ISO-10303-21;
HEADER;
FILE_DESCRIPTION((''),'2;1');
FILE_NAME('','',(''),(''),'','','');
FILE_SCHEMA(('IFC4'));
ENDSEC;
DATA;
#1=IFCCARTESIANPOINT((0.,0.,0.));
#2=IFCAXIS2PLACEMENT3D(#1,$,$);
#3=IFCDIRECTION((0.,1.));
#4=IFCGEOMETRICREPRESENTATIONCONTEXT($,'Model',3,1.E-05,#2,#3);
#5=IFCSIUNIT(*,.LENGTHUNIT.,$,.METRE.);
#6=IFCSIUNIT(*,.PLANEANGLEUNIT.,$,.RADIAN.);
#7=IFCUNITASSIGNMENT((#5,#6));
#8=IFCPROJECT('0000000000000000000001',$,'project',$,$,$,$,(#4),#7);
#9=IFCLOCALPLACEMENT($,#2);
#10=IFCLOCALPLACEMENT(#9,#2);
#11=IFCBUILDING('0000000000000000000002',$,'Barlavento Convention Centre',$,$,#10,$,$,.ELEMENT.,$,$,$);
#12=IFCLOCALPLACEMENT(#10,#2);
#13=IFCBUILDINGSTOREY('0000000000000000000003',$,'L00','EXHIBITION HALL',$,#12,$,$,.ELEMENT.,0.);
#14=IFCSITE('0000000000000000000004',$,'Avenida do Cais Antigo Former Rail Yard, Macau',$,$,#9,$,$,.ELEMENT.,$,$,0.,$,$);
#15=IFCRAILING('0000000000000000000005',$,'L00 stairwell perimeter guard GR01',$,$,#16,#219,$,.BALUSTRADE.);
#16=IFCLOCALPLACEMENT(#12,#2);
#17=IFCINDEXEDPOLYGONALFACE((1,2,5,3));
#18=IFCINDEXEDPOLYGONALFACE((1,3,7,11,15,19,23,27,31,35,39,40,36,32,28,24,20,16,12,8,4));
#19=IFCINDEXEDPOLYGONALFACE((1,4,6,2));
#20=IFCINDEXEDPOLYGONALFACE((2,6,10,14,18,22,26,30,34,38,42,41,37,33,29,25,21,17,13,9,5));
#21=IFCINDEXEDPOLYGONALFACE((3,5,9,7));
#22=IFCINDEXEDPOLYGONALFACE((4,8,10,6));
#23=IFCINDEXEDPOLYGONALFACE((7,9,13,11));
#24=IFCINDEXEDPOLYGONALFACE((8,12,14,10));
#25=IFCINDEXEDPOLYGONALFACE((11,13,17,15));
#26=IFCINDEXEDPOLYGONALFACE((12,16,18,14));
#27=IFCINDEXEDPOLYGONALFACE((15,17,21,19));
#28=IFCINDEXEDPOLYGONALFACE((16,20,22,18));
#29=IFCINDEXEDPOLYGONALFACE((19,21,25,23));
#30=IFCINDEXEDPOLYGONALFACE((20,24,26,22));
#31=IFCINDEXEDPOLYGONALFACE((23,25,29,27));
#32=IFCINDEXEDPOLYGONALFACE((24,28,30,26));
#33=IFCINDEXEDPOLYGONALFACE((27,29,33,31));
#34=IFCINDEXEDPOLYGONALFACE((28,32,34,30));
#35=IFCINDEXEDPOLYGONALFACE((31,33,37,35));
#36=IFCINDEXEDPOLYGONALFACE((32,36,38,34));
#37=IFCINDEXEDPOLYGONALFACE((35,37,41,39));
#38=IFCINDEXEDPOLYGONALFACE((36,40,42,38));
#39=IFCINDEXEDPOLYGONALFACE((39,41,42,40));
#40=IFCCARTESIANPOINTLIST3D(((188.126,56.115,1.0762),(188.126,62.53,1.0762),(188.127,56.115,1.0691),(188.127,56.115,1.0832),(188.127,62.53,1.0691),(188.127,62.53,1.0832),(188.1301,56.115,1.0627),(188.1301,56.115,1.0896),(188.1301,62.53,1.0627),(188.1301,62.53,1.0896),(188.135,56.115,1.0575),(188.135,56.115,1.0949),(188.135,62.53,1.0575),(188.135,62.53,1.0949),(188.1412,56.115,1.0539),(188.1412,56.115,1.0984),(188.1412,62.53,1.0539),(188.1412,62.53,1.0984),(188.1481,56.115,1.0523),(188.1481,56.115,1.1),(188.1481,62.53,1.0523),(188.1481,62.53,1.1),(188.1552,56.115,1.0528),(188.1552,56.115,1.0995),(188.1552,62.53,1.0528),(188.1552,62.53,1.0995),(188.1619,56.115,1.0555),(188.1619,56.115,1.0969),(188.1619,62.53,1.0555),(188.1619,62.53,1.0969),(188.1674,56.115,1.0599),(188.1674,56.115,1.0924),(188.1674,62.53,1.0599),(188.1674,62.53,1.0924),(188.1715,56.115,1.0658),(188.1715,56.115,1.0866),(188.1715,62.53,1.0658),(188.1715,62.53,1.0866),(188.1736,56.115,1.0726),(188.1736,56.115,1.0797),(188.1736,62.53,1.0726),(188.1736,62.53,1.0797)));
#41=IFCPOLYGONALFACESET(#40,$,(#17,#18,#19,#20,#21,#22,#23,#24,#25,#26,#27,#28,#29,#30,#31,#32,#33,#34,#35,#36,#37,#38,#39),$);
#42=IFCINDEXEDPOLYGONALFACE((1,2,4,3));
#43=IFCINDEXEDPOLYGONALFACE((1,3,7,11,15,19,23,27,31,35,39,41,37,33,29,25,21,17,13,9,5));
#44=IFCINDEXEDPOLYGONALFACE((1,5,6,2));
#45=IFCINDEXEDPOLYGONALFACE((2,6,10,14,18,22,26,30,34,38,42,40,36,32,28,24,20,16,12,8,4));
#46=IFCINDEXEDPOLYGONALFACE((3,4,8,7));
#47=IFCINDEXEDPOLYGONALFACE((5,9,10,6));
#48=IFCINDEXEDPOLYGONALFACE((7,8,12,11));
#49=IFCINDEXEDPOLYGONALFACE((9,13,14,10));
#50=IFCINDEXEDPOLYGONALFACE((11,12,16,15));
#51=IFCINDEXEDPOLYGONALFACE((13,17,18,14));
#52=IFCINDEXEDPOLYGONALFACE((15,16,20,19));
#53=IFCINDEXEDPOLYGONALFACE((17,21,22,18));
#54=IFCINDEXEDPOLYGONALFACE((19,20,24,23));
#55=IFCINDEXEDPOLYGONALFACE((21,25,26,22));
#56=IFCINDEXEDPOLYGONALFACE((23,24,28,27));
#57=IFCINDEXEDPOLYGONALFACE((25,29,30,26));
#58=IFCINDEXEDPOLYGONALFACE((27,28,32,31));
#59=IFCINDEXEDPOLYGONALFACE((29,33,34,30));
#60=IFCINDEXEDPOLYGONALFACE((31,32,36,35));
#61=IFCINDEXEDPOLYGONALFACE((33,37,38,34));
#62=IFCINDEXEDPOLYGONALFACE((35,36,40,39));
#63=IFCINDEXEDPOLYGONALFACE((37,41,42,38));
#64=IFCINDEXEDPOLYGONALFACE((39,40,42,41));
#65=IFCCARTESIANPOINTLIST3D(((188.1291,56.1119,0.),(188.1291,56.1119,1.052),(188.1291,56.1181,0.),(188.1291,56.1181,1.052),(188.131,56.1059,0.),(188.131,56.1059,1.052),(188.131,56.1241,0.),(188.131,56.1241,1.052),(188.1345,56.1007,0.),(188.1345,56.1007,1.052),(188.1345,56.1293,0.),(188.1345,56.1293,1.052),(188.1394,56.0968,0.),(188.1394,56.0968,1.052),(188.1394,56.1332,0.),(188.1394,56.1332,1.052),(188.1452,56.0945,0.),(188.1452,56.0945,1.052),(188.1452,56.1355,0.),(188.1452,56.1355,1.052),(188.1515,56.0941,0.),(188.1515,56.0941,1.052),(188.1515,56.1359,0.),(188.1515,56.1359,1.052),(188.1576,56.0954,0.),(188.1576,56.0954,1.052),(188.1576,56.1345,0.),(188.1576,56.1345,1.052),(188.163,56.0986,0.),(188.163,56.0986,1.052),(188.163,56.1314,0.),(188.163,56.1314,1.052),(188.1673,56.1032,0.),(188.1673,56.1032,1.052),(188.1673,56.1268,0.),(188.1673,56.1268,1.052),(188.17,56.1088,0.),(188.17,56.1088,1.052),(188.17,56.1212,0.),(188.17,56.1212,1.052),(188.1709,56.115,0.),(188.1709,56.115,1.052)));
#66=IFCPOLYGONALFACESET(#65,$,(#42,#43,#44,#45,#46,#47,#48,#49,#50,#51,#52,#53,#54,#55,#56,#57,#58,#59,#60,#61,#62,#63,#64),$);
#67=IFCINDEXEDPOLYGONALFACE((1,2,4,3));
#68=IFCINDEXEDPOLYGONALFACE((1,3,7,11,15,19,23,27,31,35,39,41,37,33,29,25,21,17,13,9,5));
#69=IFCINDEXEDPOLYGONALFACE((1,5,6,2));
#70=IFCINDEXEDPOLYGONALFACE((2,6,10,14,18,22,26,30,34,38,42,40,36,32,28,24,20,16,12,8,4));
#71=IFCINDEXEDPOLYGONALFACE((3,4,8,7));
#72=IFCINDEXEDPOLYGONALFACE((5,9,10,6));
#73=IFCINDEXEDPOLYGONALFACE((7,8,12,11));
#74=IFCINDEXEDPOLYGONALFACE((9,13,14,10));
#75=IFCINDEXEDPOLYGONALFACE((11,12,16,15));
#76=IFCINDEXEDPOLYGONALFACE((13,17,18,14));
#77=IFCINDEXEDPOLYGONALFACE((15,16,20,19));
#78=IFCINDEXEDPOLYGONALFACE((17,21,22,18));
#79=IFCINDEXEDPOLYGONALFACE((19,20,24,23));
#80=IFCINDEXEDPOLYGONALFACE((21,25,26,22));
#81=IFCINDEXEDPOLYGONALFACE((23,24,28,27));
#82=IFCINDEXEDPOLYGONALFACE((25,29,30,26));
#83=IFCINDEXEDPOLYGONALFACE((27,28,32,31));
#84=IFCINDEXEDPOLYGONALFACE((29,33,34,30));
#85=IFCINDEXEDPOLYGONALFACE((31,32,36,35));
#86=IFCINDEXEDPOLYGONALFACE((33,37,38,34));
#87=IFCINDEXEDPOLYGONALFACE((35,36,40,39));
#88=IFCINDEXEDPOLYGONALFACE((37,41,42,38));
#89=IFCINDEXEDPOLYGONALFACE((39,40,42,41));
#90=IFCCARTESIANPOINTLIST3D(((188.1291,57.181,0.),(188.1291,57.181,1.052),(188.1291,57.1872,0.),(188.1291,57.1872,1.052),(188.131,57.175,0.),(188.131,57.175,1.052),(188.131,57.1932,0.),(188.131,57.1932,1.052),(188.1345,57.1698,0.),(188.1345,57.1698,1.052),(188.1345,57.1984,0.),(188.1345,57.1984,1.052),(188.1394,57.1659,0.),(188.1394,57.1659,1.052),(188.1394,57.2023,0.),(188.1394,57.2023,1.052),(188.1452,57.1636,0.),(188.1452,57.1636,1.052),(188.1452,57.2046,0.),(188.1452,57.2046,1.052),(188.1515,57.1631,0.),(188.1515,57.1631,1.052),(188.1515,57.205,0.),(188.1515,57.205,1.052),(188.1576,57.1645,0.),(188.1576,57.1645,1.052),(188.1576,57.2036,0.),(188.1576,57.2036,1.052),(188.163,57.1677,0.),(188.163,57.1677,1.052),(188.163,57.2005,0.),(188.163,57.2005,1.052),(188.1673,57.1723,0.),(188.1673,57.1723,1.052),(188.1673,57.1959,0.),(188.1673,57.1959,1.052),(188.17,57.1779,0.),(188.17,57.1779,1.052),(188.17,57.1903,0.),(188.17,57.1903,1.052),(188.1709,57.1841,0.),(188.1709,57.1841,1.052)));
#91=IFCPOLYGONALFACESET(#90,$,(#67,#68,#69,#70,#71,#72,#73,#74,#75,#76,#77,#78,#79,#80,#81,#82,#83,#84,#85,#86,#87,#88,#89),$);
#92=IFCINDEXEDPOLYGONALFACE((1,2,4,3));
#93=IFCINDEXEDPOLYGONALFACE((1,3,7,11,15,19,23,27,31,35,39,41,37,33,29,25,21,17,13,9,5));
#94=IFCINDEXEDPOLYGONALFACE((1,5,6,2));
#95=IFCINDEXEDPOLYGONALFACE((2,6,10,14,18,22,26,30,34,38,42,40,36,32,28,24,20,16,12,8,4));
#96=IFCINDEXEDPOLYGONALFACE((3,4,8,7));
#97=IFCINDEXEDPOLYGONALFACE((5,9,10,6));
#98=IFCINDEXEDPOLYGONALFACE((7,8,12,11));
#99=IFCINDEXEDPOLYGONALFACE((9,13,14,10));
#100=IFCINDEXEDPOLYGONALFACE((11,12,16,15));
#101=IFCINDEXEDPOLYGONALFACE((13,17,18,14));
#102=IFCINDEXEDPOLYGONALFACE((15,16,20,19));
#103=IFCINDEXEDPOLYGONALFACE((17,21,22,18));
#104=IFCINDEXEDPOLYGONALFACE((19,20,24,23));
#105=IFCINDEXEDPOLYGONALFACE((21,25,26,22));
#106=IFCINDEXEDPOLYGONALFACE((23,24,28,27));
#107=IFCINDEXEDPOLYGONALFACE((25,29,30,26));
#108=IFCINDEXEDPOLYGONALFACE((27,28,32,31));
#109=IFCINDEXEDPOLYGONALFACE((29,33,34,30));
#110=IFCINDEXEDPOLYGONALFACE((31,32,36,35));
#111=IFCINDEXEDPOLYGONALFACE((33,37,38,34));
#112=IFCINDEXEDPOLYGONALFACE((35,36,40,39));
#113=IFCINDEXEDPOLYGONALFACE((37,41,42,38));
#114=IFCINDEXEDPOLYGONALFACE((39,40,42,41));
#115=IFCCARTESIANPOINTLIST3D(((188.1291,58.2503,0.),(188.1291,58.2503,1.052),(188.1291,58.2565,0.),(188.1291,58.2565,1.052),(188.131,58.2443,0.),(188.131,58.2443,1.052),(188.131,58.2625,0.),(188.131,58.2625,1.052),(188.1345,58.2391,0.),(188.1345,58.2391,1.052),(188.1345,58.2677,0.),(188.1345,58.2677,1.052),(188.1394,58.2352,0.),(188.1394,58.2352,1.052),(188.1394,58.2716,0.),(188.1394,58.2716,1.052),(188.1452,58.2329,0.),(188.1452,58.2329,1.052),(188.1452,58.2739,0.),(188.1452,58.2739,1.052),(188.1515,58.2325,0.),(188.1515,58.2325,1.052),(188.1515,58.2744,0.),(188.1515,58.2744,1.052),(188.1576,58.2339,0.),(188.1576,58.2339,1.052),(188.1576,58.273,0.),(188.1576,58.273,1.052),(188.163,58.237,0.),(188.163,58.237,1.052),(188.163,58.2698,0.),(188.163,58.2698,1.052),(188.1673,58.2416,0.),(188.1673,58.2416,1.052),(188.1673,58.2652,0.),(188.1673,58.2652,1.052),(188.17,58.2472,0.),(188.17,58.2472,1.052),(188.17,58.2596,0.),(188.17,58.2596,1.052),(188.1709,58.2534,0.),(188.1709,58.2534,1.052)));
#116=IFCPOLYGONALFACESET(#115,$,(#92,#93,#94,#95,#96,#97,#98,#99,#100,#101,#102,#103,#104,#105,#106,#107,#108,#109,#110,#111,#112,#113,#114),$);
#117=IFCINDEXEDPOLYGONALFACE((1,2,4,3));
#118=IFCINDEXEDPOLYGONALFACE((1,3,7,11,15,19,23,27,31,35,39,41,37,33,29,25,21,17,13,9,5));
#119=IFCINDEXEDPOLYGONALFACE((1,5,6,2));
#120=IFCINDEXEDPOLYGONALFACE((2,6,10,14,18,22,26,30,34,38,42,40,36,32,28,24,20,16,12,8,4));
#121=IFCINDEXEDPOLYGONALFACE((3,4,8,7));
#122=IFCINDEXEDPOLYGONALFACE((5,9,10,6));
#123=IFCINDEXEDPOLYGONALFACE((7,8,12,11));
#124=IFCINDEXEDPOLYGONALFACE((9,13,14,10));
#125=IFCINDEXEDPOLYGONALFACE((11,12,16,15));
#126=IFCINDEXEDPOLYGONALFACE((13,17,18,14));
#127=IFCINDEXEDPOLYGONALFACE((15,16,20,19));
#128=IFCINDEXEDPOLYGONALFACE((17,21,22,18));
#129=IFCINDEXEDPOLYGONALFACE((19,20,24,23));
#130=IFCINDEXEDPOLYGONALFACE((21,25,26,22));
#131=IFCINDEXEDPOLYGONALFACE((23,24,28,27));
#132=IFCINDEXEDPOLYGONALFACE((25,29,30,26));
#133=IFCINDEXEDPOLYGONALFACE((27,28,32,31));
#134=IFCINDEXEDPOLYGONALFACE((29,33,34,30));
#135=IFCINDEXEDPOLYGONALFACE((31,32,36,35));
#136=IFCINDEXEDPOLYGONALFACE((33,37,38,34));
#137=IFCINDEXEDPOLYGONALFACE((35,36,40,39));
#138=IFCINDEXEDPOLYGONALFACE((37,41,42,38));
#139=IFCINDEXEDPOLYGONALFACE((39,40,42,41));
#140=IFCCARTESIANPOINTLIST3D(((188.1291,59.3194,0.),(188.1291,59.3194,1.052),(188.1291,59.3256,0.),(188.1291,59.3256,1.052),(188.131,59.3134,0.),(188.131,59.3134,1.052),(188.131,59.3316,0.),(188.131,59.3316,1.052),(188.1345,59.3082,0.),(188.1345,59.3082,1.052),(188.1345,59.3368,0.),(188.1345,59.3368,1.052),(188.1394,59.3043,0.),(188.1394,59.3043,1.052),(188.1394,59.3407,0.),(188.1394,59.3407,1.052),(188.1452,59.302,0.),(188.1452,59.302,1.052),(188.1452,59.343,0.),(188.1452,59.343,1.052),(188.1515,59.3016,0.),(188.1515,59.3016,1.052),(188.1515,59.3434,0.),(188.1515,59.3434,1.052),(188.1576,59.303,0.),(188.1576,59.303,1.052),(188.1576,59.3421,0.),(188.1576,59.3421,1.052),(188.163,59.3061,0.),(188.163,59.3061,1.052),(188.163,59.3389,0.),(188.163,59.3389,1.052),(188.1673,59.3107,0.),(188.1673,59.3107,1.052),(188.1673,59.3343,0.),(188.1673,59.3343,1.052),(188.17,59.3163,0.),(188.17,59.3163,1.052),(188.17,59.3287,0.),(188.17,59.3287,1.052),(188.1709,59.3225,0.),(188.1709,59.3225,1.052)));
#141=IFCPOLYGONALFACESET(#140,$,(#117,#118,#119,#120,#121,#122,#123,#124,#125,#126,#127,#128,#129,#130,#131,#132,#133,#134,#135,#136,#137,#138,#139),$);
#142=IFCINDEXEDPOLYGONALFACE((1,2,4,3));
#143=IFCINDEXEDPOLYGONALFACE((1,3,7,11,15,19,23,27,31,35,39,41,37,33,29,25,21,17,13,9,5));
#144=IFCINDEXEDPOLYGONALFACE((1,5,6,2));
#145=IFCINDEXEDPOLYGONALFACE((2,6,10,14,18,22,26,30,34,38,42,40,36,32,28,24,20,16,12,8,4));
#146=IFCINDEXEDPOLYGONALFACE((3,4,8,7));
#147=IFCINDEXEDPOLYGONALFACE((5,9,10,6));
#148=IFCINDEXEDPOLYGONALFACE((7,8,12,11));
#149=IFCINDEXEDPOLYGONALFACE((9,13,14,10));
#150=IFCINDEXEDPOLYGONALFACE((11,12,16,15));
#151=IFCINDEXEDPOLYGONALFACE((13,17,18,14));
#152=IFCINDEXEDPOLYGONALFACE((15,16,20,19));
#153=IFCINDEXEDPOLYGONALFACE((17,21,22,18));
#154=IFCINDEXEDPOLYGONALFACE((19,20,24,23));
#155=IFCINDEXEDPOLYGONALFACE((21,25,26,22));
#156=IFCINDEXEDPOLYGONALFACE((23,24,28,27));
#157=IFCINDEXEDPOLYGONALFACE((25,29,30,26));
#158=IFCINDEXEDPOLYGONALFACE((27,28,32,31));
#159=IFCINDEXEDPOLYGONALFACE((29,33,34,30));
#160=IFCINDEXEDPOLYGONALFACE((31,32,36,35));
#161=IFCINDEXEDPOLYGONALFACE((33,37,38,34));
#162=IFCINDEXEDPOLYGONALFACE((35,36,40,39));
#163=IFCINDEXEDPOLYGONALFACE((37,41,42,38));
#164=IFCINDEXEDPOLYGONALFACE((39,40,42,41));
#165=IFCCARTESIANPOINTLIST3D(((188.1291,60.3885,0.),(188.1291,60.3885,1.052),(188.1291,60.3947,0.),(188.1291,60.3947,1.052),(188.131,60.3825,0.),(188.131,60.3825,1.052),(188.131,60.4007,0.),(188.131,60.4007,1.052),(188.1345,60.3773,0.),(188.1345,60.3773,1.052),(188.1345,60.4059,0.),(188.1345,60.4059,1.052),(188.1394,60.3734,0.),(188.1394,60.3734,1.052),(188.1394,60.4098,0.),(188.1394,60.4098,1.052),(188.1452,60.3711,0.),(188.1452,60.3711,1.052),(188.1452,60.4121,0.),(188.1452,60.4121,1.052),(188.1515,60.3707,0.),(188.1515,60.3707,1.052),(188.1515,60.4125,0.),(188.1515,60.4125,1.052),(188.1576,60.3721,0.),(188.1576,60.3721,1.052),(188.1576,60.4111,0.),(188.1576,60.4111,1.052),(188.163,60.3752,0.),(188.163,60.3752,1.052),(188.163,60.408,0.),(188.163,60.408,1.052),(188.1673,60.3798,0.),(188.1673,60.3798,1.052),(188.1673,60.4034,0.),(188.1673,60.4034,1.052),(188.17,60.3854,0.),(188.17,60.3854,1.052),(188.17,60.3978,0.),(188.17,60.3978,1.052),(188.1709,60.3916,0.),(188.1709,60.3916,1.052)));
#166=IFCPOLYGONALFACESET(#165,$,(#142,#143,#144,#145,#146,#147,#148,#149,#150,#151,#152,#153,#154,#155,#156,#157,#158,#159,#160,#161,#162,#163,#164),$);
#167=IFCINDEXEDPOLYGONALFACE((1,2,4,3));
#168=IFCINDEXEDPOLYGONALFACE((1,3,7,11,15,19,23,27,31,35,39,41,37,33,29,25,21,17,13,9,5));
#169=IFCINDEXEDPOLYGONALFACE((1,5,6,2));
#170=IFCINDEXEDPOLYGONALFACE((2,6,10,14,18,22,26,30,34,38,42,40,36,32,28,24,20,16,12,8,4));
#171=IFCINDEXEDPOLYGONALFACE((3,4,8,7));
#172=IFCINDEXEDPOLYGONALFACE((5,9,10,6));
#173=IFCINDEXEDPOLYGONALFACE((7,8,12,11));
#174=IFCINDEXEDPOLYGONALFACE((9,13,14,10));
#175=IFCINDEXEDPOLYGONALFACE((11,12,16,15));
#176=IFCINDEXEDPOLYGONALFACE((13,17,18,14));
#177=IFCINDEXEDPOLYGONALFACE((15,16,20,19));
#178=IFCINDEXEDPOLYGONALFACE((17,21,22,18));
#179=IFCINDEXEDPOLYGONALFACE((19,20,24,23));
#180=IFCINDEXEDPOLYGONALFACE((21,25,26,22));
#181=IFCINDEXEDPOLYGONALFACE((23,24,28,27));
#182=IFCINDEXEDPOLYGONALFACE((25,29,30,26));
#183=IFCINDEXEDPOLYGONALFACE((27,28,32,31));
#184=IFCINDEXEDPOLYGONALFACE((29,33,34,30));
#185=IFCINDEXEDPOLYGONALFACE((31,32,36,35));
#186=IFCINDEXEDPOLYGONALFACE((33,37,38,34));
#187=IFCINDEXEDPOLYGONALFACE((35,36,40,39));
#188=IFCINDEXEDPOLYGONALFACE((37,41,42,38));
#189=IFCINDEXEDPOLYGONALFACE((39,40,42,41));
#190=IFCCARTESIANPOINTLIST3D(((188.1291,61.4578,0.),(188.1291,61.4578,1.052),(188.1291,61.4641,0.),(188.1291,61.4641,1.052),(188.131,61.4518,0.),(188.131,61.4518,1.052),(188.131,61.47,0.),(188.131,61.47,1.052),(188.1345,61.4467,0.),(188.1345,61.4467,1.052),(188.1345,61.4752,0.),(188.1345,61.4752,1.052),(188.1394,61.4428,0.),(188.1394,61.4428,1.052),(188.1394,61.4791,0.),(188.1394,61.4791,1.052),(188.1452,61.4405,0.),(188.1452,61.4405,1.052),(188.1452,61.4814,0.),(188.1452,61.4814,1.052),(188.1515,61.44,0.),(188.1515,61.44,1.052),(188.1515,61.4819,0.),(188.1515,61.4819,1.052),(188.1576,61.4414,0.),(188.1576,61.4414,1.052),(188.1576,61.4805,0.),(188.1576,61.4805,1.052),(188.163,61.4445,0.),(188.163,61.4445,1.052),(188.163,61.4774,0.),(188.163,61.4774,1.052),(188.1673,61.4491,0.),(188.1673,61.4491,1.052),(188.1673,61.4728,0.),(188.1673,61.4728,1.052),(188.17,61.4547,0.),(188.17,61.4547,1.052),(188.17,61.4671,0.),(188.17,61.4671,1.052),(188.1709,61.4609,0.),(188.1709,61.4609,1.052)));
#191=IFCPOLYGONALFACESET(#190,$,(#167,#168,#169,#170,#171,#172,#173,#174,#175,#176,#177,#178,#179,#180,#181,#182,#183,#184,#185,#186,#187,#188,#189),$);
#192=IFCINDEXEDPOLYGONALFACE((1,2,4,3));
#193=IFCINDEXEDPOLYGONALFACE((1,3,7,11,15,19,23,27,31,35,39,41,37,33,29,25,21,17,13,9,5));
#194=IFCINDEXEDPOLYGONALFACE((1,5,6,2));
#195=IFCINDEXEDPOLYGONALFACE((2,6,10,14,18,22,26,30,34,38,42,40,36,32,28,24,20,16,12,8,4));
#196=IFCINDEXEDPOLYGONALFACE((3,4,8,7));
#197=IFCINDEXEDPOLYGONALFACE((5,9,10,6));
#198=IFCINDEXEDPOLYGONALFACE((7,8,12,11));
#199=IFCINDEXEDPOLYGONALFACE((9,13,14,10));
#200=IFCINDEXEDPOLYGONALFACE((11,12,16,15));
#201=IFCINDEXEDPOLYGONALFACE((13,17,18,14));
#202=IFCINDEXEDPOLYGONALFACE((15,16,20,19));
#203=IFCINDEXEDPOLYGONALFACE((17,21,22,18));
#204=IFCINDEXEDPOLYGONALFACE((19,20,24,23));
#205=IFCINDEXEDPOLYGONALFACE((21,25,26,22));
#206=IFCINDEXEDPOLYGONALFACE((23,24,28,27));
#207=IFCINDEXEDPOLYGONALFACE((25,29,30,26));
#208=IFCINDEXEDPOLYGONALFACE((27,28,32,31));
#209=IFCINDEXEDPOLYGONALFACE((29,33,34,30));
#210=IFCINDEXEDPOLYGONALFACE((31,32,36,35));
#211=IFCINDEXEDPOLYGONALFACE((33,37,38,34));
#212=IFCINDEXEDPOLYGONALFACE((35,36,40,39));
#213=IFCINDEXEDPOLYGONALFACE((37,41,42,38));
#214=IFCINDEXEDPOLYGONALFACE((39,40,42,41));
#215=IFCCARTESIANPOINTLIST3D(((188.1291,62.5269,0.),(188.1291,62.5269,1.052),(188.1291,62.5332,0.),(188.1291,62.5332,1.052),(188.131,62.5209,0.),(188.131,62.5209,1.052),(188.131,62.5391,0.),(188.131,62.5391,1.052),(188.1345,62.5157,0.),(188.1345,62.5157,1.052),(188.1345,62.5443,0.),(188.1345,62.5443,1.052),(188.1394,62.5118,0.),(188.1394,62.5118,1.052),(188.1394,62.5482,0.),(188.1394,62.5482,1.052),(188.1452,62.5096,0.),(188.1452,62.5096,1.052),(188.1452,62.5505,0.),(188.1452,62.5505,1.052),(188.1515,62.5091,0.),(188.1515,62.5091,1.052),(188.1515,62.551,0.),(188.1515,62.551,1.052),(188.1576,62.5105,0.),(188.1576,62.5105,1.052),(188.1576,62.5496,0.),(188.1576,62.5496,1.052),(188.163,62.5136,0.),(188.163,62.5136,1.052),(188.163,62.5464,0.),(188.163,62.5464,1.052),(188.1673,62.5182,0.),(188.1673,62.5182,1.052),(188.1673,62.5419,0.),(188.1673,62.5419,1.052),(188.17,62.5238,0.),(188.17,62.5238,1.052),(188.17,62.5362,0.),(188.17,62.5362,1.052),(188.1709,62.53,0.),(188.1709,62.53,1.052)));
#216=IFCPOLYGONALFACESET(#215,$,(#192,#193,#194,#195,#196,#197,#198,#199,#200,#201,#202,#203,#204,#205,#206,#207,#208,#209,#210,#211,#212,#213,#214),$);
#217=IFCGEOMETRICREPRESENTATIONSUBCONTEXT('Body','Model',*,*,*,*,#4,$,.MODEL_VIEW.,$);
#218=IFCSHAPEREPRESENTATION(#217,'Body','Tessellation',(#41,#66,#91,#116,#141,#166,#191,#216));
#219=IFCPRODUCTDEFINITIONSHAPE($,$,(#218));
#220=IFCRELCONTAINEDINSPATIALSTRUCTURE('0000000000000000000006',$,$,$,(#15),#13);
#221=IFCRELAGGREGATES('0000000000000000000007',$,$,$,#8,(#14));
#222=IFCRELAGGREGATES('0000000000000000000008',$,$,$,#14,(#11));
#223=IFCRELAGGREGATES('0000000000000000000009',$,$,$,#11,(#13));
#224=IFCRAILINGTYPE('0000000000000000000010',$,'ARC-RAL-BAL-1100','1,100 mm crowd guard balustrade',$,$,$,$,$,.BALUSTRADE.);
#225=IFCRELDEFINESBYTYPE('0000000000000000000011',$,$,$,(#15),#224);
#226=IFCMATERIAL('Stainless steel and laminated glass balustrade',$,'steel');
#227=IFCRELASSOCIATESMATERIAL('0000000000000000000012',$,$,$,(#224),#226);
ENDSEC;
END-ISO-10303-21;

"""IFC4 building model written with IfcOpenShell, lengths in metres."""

from ifc_helpers import new_model, si_unit, direction, frame, origin, origin_2d, place, context, subcontext, project, spatial, circle, extrude, material, type_object, element, save


model = new_model("IFC4")

# Units and contexts
model_context = context("Model", 3, precision=1e-05, world=origin(), true_north=direction((0.0, 1.0)))
body_context = subcontext(model_context, "Body", "Model", "MODEL_VIEW")
ifc_project = project(units=[si_unit("LENGTHUNIT", "METRE"), si_unit("PLANEANGLEUNIT", "RADIAN")], contexts=[model_context])

# Site, building, storey
site_placement = place(None, origin())
site = spatial("IfcSite", under=ifc_project, at=site_placement, Name="Avenida do Cais Antigo Former Rail Yard, Macau", CompositionType="ELEMENT", RefElevation=0.0)
building_placement = place(site_placement, origin())
building = spatial("IfcBuilding", under=site, at=building_placement, Name="Barlavento Convention Centre", CompositionType="ELEMENT")
storey_placement = place(building_placement, origin())
storey = spatial("IfcBuildingStorey", under=building, at=storey_placement, Name="L00", Description="EXHIBITION HALL", CompositionType="ELEMENT", Elevation=0.0)

# Railing
ifc_material_1 = material(Name="Stainless steel and laminated glass balustrade", Category="steel")
railing_type_1 = type_object("IfcRailingType", Name="ARC-RAL-BAL-1100", Description="1,100 mm crowd guard balustrade", PredefinedType="BALUSTRADE", material=ifc_material_1)
railing_1_placement = place(storey_placement, frame((188.1499, 56.115, 0.0)))
element("IfcRailing", 1, at=railing_1_placement, inside=storey, type_object=railing_type_1, Name="L00 stairwell perimeter guard GR01", PredefinedType="BALUSTRADE", context=body_context, shape_type="SweptSolid", body=[
    extrude(circle(Radius=0.0239, at=origin_2d()), frame((0.0, 0.0, 1.0762), z_axis=(0.0, 1.0, 0.0), x_axis=(-1.0, 0.0, 0.0)), (0.0, 0.0, 1.0), 6.415),
    extrude(circle(Radius=0.021, at=origin_2d()), origin(), (0.0, 0.0, 1.0), 1.052),
    extrude(circle(Radius=0.021, at=origin_2d()), frame((0.0, 1.0691, 0.0)), (0.0, 0.0, 1.0), 1.052),
    extrude(circle(Radius=0.021, at=origin_2d()), frame((0.0, 2.1384, 0.0)), (0.0, 0.0, 1.0), 1.052),
    extrude(circle(Radius=0.021, at=origin_2d()), frame((0.0, 3.2075, 0.0)), (0.0, 0.0, 1.0), 1.052),
    extrude(circle(Radius=0.021, at=origin_2d()), frame((0.0, 4.2766, 0.0)), (0.0, 0.0, 1.0), 1.052),
    extrude(circle(Radius=0.021, at=origin_2d()), frame((0.0, 5.3459, 0.0)), (0.0, 0.0, 1.0), 1.052),
    extrude(circle(Radius=0.021, at=origin_2d()), frame((0.0, 6.415, 0.0)), (0.0, 0.0, 1.0), 1.052),
])

save(model, "model.ifc")
